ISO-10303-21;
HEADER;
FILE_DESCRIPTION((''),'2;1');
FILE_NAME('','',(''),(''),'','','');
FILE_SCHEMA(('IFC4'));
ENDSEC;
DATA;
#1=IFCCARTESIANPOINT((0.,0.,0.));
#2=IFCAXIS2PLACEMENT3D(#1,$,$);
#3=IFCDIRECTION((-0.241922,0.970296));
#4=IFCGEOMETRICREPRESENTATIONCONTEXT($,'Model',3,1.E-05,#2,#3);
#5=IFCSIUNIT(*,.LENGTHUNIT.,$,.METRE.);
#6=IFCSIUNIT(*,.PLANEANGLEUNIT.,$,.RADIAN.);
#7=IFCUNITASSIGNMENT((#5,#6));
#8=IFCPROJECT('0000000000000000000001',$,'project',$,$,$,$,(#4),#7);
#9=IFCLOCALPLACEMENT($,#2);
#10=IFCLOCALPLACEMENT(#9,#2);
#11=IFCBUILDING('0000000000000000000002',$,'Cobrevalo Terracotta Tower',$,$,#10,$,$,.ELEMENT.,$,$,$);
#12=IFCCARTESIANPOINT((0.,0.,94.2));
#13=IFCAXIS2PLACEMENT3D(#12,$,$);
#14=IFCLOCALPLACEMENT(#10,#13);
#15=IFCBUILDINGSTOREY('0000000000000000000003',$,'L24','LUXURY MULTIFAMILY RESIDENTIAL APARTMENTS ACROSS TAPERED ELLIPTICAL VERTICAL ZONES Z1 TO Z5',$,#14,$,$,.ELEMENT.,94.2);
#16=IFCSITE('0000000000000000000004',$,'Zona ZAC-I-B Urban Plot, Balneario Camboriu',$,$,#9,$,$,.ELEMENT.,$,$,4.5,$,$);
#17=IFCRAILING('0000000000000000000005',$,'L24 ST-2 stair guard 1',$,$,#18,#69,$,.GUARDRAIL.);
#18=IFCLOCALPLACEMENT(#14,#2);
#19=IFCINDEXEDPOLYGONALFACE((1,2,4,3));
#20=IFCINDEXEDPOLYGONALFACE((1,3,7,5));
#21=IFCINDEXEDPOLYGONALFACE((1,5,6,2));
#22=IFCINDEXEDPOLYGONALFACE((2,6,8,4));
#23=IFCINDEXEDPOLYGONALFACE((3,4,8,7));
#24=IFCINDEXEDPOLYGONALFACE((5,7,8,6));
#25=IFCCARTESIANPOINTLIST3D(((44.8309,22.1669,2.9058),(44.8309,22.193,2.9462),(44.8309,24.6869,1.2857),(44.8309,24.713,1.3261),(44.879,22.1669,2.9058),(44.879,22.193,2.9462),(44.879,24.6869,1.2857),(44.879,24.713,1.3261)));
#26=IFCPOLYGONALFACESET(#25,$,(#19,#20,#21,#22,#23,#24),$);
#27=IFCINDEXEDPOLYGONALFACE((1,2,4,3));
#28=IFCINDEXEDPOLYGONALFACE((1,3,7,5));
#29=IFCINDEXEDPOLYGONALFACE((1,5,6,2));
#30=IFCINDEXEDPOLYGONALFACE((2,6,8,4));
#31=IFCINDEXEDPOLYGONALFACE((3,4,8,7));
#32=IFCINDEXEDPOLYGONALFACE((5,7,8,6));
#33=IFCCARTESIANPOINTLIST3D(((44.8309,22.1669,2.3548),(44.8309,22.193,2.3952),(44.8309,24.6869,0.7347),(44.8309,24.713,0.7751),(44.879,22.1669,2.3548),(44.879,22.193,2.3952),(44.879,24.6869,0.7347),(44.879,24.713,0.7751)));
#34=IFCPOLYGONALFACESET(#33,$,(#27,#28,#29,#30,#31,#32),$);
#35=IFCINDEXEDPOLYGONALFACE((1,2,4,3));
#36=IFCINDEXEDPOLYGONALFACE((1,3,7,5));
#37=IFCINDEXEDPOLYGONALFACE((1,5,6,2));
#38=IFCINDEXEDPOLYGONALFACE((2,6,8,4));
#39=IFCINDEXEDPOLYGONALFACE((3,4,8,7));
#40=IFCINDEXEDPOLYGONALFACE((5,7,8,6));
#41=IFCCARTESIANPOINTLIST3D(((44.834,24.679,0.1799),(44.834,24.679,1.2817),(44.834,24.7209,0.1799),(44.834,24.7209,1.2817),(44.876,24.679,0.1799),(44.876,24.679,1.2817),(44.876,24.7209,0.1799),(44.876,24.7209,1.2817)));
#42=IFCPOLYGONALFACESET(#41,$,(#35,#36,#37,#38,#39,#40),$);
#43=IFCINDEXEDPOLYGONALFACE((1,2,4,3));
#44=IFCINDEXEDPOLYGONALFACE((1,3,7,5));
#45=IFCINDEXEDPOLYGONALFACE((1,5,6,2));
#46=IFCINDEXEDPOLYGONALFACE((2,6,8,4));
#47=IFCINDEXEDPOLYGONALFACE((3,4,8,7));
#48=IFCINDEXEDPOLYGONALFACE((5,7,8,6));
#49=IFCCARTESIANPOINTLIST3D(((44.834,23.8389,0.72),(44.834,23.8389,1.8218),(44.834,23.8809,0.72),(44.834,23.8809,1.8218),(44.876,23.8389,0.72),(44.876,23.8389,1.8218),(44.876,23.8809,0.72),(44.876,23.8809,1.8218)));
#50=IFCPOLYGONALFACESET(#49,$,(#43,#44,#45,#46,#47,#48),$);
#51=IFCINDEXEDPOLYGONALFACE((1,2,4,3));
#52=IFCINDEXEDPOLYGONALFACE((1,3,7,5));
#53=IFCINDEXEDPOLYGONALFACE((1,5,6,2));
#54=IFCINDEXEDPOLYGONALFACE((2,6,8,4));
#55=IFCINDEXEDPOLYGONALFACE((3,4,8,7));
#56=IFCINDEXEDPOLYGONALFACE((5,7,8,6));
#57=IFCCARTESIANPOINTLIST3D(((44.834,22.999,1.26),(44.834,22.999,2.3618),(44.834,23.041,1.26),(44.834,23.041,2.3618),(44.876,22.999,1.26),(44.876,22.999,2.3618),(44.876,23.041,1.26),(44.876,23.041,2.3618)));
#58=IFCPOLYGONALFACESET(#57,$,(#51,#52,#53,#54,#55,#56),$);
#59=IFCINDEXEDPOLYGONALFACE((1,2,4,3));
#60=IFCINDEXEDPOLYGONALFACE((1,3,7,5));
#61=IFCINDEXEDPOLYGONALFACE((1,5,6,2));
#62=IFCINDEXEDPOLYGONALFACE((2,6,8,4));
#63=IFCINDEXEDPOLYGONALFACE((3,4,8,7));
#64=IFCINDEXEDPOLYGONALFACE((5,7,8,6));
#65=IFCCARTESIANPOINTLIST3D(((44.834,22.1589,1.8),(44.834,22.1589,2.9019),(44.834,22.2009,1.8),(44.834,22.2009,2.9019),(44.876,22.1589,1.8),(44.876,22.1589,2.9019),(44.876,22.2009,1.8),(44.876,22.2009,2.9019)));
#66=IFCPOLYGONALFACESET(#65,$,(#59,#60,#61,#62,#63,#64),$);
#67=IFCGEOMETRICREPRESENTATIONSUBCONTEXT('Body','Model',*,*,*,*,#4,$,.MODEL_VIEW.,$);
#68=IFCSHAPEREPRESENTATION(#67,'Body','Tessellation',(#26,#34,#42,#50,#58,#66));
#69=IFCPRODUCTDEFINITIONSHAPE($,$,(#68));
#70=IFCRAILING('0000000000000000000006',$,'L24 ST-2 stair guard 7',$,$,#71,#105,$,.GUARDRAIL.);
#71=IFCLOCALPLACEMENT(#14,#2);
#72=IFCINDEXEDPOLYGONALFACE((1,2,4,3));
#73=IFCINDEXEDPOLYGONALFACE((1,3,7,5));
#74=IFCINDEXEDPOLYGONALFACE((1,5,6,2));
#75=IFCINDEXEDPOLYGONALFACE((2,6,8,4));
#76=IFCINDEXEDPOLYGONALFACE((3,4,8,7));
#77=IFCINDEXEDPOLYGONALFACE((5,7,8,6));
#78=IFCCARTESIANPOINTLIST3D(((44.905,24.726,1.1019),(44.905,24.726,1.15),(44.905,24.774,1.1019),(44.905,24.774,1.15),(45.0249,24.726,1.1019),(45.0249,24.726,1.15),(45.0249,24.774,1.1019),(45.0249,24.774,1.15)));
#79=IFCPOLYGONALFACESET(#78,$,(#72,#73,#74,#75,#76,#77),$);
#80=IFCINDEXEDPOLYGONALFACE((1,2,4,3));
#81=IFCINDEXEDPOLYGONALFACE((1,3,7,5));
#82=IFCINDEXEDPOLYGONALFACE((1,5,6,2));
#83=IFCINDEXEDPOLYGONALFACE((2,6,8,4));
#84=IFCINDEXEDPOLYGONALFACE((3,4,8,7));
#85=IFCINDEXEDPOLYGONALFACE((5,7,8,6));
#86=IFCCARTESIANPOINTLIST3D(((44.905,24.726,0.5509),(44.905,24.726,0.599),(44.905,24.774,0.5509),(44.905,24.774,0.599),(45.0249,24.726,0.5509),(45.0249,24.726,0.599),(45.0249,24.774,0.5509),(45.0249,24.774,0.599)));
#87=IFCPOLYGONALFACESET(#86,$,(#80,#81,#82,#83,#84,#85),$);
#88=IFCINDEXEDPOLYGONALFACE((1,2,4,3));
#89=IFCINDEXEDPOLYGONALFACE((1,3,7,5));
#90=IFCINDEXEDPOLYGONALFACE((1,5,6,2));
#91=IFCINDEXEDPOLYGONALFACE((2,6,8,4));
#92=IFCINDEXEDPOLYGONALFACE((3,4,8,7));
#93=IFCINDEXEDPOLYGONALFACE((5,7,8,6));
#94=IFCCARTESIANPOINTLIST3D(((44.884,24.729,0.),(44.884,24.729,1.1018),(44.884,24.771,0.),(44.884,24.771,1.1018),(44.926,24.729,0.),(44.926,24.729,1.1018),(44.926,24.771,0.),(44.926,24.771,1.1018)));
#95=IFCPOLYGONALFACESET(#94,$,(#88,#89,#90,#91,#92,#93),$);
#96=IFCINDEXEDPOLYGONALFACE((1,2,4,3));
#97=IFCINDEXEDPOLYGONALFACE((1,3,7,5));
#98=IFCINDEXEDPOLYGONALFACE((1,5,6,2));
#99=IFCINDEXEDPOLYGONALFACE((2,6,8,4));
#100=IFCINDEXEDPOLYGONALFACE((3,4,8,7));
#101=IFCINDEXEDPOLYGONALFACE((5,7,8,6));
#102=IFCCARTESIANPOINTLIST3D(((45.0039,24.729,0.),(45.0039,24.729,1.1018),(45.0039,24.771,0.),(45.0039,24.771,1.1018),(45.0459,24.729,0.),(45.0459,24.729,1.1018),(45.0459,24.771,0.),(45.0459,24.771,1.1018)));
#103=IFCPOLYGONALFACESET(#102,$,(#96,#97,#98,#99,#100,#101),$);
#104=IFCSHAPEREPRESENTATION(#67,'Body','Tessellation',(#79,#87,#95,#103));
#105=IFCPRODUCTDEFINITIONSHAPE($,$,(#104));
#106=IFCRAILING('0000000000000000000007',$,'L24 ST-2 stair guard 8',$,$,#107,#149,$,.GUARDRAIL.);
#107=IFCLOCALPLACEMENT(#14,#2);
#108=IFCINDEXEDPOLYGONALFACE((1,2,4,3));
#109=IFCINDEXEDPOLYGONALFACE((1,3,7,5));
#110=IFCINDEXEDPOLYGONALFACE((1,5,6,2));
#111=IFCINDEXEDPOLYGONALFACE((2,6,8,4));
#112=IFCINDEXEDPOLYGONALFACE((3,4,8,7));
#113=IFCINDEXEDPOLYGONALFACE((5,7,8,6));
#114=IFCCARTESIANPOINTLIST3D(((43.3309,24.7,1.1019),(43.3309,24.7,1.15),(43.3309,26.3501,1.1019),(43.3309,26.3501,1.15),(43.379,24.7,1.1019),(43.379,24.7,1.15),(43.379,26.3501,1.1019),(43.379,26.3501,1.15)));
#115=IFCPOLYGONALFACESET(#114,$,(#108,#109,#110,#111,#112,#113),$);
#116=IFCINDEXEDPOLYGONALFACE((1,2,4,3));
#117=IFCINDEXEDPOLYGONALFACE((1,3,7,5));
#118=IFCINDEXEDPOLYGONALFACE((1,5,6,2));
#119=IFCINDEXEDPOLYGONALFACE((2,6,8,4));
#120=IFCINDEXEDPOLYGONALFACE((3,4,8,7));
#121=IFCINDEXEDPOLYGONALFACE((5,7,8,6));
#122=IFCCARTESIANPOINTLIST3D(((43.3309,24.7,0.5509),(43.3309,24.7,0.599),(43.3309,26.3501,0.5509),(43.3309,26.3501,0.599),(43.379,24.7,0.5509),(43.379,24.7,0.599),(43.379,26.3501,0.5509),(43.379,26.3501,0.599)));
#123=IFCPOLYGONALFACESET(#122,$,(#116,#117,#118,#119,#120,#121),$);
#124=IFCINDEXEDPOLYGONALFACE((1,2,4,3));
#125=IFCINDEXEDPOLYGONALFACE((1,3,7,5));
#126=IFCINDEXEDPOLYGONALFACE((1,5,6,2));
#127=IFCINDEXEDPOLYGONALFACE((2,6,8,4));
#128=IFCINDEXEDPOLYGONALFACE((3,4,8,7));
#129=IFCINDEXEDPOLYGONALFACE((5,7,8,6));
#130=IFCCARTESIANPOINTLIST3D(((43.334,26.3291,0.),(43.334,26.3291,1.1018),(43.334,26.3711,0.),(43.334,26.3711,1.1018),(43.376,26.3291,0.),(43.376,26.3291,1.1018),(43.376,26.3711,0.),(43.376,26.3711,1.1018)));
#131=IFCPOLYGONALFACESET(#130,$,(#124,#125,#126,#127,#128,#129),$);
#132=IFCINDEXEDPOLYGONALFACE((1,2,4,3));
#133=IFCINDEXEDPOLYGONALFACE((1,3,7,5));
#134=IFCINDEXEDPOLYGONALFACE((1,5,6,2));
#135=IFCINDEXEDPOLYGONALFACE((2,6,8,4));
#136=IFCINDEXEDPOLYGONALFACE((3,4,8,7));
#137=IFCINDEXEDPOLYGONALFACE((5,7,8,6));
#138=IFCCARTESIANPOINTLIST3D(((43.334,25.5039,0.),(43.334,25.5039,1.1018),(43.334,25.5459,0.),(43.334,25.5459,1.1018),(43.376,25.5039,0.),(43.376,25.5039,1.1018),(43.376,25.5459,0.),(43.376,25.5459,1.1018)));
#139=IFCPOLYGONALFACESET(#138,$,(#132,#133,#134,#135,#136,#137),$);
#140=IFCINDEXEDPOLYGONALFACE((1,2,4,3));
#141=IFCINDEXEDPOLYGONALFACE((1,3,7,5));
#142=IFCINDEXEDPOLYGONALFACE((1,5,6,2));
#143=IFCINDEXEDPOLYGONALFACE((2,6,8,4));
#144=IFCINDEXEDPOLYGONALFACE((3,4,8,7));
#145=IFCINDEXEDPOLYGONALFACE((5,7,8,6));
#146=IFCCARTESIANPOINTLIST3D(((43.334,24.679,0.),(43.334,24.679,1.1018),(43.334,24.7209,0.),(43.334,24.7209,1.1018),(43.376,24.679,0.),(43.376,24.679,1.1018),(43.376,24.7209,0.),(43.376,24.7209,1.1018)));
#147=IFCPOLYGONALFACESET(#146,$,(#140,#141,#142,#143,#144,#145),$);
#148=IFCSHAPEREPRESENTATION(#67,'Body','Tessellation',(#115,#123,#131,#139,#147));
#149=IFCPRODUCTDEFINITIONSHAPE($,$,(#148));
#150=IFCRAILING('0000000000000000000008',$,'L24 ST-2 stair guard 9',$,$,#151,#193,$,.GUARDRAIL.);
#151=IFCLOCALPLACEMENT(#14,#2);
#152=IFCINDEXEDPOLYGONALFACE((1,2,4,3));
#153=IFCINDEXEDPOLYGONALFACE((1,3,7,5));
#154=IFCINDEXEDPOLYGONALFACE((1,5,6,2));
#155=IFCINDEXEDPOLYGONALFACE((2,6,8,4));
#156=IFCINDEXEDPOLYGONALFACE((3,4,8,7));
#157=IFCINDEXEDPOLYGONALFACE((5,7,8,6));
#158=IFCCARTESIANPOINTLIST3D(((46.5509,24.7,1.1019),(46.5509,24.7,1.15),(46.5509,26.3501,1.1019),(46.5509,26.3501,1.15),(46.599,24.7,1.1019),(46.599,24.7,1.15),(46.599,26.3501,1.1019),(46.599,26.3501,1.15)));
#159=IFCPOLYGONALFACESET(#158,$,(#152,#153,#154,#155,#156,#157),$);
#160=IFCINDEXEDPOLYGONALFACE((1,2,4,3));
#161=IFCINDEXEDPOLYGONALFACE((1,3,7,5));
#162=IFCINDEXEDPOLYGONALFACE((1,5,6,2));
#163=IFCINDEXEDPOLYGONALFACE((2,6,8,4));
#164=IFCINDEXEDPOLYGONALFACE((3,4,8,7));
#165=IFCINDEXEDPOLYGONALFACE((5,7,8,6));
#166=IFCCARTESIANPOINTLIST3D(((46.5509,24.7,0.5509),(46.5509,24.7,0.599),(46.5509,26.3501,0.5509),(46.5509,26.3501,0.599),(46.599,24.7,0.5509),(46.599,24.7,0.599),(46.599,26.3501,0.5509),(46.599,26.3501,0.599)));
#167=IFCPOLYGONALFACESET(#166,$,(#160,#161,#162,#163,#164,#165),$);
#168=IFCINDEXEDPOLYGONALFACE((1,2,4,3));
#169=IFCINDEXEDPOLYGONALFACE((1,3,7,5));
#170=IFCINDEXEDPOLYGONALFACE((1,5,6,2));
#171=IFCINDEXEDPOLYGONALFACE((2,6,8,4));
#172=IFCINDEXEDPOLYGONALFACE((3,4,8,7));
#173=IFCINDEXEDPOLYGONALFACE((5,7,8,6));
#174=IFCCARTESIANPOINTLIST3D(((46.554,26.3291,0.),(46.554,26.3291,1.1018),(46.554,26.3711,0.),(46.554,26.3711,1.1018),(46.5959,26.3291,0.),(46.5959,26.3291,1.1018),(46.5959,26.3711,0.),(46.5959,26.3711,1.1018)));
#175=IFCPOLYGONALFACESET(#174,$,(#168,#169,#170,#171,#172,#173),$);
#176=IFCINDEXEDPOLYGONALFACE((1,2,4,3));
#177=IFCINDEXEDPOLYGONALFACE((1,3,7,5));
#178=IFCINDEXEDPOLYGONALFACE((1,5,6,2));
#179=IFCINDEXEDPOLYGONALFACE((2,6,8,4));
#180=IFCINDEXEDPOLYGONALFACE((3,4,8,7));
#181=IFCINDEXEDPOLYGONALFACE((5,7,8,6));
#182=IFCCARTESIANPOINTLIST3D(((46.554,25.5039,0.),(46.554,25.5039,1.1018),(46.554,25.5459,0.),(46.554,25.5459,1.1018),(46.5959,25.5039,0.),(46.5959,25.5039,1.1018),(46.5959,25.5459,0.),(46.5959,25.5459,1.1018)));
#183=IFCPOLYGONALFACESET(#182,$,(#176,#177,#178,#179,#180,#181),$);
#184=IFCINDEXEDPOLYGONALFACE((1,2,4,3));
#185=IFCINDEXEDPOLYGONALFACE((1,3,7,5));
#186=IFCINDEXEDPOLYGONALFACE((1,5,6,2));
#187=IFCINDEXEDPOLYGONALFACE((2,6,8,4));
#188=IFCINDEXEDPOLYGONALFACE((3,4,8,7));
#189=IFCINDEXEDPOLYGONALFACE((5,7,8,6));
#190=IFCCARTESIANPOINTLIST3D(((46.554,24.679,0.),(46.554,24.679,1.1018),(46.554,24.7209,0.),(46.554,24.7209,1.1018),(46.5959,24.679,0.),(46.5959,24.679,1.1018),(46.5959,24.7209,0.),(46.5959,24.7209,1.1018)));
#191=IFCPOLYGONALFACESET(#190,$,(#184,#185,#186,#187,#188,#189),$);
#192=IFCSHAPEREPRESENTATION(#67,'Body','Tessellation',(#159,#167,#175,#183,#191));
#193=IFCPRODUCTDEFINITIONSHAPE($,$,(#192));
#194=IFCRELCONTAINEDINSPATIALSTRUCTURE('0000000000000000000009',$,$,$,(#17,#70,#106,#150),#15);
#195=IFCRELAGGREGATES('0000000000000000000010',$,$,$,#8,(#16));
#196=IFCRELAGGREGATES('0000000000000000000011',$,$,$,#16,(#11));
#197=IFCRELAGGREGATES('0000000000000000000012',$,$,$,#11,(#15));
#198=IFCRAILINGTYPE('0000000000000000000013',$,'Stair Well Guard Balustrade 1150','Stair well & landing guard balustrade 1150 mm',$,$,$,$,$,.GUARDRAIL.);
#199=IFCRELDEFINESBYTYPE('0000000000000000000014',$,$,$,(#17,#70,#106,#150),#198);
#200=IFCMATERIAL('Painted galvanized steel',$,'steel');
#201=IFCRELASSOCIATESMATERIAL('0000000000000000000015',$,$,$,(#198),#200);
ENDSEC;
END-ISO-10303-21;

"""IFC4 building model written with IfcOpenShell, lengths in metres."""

from ifc_helpers import new_model, si_unit, direction, frame, origin, origin_2d, place, context, subcontext, project, spatial, rectangle, extrude, material, type_object, element, save


model = new_model("IFC4")

# Units and contexts
model_context = context("Model", 3, precision=1e-05, world=origin(), true_north=direction((-0.241922, 0.970296)))
body_context = subcontext(model_context, "Body", "Model", "MODEL_VIEW")
ifc_project = project(units=[si_unit("LENGTHUNIT", "METRE"), si_unit("PLANEANGLEUNIT", "RADIAN")], contexts=[model_context])

# Site, building, storey
site_placement = place(None, origin())
site = spatial("IfcSite", under=ifc_project, at=site_placement, Name="Zona ZAC-I-B Urban Plot, Balneario Camboriu", CompositionType="ELEMENT", RefElevation=4.5)
building_placement = place(site_placement, origin())
building = spatial("IfcBuilding", under=site, at=building_placement, Name="Cobrevalo Terracotta Tower", CompositionType="ELEMENT")
storey_placement = place(building_placement, frame((0.0, 0.0, 94.2)))
storey = spatial("IfcBuildingStorey", under=building, at=storey_placement, Name="L24", Description="LUXURY MULTIFAMILY RESIDENTIAL APARTMENTS ACROSS TAPERED ELLIPTICAL VERTICAL ZONES Z1 TO Z5", CompositionType="ELEMENT", Elevation=94.2)

# Railings
ifc_material_1 = material(Name="Painted galvanized steel", Category="steel")
railing_type_1 = type_object("IfcRailingType", Name="Stair Well Guard Balustrade 1150", Description="Stair well & landing guard balustrade 1150 mm", PredefinedType="GUARDRAIL", material=ifc_material_1)
railing_1_placement = place(storey_placement, frame((44.855, 24.7, 0.1799)))
element("IfcRailing", 1, at=railing_1_placement, inside=storey, type_object=railing_type_1, Name="L24 ST-2 stair guard 1", PredefinedType="GUARDRAIL", context=body_context, shape_type="SweptSolid", body=[
    extrude(rectangle(XDim=0.0481, YDim=0.0481, at=origin_2d()), frame((0.0, 0.0, 1.126), z_axis=(0.0, -0.841163, 0.540782), x_axis=(1.0, 0.0, 0.0)), (0.0, 0.0, 1.0), 2.9958),
    extrude(rectangle(XDim=0.0481, YDim=0.0481, at=origin_2d()), frame((0.0, 0.0, 0.575), z_axis=(0.0, -0.841163, 0.540782), x_axis=(1.0, 0.0, 0.0)), (0.0, 0.0, 1.0), 2.9958),
    extrude(rectangle(XDim=0.042, YDim=0.042, at=origin_2d()), origin(), (0.0, 0.0, 1.0), 1.1018),
    extrude(rectangle(XDim=0.042, YDim=0.042, at=origin_2d()), frame((0.0, -0.8401, 0.54)), (0.0, 0.0, 1.0), 1.1018),
    extrude(rectangle(XDim=0.042, YDim=0.042, at=origin_2d()), frame((0.0, -1.6799, 1.0801)), (0.0, 0.0, 1.0), 1.1018),
    extrude(rectangle(XDim=0.042, YDim=0.042, at=origin_2d()), frame((0.0, -2.52, 1.6201)), (0.0, 0.0, 1.0), 1.1018),
])
railing_2_placement = place(storey_placement, frame((44.905, 24.75, 0.0)))
element("IfcRailing", 2, at=railing_2_placement, inside=storey, type_object=railing_type_1, Name="L24 ST-2 stair guard 7", PredefinedType="GUARDRAIL", context=body_context, shape_type="SweptSolid", body=[
    extrude(rectangle(XDim=0.0481, YDim=0.0481, at=origin_2d()), frame((0.0, 0.0, 1.126), z_axis=(1.0, 0.0, 0.0), x_axis=(0.0, 1.0, 0.0)), (0.0, 0.0, 1.0), 0.1199),
    extrude(rectangle(XDim=0.0481, YDim=0.0481, at=origin_2d()), frame((0.0, 0.0, 0.575), z_axis=(1.0, 0.0, 0.0), x_axis=(0.0, 1.0, 0.0)), (0.0, 0.0, 1.0), 0.1199),
    extrude(rectangle(XDim=0.042, YDim=0.042, at=origin_2d()), origin(), (0.0, 0.0, 1.0), 1.1018),
    extrude(rectangle(XDim=0.042, YDim=0.042, at=origin_2d()), frame((0.1199, 0.0, 0.0)), (0.0, 0.0, 1.0), 1.1018),
])
for number, where, name in (
    (3, (43.355, 26.3501, 0.0), "L24 ST-2 stair guard 8"),
    (4, (46.575, 26.3501, 0.0), "L24 ST-2 stair guard 9"),
):
    element("IfcRailing", number, at=place(storey_placement, frame(where)), inside=storey, type_object=railing_type_1, Name=name, PredefinedType="GUARDRAIL", context=body_context, shape_type="SweptSolid", body=[
        extrude(rectangle(XDim=0.0481, YDim=0.0481, at=origin_2d()), frame((0.0, 0.0, 1.126), z_axis=(0.0, -1.0, 0.0), x_axis=(1.0, 0.0, 0.0)), (0.0, 0.0, 1.0), 1.6501),
        extrude(rectangle(XDim=0.0481, YDim=0.0481, at=origin_2d()), frame((0.0, 0.0, 0.575), z_axis=(0.0, -1.0, 0.0), x_axis=(1.0, 0.0, 0.0)), (0.0, 0.0, 1.0), 1.6501),
        extrude(rectangle(XDim=0.042, YDim=0.042, at=origin_2d()), origin(), (0.0, 0.0, 1.0), 1.1018),
        extrude(rectangle(XDim=0.042, YDim=0.042, at=origin_2d()), frame((0.0, -0.8252, 0.0)), (0.0, 0.0, 1.0), 1.1018),
        extrude(rectangle(XDim=0.042, YDim=0.042, at=origin_2d()), frame((0.0, -1.6501, 0.0)), (0.0, 0.0, 1.0), 1.1018),
    ])

save(model, "model.ifc")
